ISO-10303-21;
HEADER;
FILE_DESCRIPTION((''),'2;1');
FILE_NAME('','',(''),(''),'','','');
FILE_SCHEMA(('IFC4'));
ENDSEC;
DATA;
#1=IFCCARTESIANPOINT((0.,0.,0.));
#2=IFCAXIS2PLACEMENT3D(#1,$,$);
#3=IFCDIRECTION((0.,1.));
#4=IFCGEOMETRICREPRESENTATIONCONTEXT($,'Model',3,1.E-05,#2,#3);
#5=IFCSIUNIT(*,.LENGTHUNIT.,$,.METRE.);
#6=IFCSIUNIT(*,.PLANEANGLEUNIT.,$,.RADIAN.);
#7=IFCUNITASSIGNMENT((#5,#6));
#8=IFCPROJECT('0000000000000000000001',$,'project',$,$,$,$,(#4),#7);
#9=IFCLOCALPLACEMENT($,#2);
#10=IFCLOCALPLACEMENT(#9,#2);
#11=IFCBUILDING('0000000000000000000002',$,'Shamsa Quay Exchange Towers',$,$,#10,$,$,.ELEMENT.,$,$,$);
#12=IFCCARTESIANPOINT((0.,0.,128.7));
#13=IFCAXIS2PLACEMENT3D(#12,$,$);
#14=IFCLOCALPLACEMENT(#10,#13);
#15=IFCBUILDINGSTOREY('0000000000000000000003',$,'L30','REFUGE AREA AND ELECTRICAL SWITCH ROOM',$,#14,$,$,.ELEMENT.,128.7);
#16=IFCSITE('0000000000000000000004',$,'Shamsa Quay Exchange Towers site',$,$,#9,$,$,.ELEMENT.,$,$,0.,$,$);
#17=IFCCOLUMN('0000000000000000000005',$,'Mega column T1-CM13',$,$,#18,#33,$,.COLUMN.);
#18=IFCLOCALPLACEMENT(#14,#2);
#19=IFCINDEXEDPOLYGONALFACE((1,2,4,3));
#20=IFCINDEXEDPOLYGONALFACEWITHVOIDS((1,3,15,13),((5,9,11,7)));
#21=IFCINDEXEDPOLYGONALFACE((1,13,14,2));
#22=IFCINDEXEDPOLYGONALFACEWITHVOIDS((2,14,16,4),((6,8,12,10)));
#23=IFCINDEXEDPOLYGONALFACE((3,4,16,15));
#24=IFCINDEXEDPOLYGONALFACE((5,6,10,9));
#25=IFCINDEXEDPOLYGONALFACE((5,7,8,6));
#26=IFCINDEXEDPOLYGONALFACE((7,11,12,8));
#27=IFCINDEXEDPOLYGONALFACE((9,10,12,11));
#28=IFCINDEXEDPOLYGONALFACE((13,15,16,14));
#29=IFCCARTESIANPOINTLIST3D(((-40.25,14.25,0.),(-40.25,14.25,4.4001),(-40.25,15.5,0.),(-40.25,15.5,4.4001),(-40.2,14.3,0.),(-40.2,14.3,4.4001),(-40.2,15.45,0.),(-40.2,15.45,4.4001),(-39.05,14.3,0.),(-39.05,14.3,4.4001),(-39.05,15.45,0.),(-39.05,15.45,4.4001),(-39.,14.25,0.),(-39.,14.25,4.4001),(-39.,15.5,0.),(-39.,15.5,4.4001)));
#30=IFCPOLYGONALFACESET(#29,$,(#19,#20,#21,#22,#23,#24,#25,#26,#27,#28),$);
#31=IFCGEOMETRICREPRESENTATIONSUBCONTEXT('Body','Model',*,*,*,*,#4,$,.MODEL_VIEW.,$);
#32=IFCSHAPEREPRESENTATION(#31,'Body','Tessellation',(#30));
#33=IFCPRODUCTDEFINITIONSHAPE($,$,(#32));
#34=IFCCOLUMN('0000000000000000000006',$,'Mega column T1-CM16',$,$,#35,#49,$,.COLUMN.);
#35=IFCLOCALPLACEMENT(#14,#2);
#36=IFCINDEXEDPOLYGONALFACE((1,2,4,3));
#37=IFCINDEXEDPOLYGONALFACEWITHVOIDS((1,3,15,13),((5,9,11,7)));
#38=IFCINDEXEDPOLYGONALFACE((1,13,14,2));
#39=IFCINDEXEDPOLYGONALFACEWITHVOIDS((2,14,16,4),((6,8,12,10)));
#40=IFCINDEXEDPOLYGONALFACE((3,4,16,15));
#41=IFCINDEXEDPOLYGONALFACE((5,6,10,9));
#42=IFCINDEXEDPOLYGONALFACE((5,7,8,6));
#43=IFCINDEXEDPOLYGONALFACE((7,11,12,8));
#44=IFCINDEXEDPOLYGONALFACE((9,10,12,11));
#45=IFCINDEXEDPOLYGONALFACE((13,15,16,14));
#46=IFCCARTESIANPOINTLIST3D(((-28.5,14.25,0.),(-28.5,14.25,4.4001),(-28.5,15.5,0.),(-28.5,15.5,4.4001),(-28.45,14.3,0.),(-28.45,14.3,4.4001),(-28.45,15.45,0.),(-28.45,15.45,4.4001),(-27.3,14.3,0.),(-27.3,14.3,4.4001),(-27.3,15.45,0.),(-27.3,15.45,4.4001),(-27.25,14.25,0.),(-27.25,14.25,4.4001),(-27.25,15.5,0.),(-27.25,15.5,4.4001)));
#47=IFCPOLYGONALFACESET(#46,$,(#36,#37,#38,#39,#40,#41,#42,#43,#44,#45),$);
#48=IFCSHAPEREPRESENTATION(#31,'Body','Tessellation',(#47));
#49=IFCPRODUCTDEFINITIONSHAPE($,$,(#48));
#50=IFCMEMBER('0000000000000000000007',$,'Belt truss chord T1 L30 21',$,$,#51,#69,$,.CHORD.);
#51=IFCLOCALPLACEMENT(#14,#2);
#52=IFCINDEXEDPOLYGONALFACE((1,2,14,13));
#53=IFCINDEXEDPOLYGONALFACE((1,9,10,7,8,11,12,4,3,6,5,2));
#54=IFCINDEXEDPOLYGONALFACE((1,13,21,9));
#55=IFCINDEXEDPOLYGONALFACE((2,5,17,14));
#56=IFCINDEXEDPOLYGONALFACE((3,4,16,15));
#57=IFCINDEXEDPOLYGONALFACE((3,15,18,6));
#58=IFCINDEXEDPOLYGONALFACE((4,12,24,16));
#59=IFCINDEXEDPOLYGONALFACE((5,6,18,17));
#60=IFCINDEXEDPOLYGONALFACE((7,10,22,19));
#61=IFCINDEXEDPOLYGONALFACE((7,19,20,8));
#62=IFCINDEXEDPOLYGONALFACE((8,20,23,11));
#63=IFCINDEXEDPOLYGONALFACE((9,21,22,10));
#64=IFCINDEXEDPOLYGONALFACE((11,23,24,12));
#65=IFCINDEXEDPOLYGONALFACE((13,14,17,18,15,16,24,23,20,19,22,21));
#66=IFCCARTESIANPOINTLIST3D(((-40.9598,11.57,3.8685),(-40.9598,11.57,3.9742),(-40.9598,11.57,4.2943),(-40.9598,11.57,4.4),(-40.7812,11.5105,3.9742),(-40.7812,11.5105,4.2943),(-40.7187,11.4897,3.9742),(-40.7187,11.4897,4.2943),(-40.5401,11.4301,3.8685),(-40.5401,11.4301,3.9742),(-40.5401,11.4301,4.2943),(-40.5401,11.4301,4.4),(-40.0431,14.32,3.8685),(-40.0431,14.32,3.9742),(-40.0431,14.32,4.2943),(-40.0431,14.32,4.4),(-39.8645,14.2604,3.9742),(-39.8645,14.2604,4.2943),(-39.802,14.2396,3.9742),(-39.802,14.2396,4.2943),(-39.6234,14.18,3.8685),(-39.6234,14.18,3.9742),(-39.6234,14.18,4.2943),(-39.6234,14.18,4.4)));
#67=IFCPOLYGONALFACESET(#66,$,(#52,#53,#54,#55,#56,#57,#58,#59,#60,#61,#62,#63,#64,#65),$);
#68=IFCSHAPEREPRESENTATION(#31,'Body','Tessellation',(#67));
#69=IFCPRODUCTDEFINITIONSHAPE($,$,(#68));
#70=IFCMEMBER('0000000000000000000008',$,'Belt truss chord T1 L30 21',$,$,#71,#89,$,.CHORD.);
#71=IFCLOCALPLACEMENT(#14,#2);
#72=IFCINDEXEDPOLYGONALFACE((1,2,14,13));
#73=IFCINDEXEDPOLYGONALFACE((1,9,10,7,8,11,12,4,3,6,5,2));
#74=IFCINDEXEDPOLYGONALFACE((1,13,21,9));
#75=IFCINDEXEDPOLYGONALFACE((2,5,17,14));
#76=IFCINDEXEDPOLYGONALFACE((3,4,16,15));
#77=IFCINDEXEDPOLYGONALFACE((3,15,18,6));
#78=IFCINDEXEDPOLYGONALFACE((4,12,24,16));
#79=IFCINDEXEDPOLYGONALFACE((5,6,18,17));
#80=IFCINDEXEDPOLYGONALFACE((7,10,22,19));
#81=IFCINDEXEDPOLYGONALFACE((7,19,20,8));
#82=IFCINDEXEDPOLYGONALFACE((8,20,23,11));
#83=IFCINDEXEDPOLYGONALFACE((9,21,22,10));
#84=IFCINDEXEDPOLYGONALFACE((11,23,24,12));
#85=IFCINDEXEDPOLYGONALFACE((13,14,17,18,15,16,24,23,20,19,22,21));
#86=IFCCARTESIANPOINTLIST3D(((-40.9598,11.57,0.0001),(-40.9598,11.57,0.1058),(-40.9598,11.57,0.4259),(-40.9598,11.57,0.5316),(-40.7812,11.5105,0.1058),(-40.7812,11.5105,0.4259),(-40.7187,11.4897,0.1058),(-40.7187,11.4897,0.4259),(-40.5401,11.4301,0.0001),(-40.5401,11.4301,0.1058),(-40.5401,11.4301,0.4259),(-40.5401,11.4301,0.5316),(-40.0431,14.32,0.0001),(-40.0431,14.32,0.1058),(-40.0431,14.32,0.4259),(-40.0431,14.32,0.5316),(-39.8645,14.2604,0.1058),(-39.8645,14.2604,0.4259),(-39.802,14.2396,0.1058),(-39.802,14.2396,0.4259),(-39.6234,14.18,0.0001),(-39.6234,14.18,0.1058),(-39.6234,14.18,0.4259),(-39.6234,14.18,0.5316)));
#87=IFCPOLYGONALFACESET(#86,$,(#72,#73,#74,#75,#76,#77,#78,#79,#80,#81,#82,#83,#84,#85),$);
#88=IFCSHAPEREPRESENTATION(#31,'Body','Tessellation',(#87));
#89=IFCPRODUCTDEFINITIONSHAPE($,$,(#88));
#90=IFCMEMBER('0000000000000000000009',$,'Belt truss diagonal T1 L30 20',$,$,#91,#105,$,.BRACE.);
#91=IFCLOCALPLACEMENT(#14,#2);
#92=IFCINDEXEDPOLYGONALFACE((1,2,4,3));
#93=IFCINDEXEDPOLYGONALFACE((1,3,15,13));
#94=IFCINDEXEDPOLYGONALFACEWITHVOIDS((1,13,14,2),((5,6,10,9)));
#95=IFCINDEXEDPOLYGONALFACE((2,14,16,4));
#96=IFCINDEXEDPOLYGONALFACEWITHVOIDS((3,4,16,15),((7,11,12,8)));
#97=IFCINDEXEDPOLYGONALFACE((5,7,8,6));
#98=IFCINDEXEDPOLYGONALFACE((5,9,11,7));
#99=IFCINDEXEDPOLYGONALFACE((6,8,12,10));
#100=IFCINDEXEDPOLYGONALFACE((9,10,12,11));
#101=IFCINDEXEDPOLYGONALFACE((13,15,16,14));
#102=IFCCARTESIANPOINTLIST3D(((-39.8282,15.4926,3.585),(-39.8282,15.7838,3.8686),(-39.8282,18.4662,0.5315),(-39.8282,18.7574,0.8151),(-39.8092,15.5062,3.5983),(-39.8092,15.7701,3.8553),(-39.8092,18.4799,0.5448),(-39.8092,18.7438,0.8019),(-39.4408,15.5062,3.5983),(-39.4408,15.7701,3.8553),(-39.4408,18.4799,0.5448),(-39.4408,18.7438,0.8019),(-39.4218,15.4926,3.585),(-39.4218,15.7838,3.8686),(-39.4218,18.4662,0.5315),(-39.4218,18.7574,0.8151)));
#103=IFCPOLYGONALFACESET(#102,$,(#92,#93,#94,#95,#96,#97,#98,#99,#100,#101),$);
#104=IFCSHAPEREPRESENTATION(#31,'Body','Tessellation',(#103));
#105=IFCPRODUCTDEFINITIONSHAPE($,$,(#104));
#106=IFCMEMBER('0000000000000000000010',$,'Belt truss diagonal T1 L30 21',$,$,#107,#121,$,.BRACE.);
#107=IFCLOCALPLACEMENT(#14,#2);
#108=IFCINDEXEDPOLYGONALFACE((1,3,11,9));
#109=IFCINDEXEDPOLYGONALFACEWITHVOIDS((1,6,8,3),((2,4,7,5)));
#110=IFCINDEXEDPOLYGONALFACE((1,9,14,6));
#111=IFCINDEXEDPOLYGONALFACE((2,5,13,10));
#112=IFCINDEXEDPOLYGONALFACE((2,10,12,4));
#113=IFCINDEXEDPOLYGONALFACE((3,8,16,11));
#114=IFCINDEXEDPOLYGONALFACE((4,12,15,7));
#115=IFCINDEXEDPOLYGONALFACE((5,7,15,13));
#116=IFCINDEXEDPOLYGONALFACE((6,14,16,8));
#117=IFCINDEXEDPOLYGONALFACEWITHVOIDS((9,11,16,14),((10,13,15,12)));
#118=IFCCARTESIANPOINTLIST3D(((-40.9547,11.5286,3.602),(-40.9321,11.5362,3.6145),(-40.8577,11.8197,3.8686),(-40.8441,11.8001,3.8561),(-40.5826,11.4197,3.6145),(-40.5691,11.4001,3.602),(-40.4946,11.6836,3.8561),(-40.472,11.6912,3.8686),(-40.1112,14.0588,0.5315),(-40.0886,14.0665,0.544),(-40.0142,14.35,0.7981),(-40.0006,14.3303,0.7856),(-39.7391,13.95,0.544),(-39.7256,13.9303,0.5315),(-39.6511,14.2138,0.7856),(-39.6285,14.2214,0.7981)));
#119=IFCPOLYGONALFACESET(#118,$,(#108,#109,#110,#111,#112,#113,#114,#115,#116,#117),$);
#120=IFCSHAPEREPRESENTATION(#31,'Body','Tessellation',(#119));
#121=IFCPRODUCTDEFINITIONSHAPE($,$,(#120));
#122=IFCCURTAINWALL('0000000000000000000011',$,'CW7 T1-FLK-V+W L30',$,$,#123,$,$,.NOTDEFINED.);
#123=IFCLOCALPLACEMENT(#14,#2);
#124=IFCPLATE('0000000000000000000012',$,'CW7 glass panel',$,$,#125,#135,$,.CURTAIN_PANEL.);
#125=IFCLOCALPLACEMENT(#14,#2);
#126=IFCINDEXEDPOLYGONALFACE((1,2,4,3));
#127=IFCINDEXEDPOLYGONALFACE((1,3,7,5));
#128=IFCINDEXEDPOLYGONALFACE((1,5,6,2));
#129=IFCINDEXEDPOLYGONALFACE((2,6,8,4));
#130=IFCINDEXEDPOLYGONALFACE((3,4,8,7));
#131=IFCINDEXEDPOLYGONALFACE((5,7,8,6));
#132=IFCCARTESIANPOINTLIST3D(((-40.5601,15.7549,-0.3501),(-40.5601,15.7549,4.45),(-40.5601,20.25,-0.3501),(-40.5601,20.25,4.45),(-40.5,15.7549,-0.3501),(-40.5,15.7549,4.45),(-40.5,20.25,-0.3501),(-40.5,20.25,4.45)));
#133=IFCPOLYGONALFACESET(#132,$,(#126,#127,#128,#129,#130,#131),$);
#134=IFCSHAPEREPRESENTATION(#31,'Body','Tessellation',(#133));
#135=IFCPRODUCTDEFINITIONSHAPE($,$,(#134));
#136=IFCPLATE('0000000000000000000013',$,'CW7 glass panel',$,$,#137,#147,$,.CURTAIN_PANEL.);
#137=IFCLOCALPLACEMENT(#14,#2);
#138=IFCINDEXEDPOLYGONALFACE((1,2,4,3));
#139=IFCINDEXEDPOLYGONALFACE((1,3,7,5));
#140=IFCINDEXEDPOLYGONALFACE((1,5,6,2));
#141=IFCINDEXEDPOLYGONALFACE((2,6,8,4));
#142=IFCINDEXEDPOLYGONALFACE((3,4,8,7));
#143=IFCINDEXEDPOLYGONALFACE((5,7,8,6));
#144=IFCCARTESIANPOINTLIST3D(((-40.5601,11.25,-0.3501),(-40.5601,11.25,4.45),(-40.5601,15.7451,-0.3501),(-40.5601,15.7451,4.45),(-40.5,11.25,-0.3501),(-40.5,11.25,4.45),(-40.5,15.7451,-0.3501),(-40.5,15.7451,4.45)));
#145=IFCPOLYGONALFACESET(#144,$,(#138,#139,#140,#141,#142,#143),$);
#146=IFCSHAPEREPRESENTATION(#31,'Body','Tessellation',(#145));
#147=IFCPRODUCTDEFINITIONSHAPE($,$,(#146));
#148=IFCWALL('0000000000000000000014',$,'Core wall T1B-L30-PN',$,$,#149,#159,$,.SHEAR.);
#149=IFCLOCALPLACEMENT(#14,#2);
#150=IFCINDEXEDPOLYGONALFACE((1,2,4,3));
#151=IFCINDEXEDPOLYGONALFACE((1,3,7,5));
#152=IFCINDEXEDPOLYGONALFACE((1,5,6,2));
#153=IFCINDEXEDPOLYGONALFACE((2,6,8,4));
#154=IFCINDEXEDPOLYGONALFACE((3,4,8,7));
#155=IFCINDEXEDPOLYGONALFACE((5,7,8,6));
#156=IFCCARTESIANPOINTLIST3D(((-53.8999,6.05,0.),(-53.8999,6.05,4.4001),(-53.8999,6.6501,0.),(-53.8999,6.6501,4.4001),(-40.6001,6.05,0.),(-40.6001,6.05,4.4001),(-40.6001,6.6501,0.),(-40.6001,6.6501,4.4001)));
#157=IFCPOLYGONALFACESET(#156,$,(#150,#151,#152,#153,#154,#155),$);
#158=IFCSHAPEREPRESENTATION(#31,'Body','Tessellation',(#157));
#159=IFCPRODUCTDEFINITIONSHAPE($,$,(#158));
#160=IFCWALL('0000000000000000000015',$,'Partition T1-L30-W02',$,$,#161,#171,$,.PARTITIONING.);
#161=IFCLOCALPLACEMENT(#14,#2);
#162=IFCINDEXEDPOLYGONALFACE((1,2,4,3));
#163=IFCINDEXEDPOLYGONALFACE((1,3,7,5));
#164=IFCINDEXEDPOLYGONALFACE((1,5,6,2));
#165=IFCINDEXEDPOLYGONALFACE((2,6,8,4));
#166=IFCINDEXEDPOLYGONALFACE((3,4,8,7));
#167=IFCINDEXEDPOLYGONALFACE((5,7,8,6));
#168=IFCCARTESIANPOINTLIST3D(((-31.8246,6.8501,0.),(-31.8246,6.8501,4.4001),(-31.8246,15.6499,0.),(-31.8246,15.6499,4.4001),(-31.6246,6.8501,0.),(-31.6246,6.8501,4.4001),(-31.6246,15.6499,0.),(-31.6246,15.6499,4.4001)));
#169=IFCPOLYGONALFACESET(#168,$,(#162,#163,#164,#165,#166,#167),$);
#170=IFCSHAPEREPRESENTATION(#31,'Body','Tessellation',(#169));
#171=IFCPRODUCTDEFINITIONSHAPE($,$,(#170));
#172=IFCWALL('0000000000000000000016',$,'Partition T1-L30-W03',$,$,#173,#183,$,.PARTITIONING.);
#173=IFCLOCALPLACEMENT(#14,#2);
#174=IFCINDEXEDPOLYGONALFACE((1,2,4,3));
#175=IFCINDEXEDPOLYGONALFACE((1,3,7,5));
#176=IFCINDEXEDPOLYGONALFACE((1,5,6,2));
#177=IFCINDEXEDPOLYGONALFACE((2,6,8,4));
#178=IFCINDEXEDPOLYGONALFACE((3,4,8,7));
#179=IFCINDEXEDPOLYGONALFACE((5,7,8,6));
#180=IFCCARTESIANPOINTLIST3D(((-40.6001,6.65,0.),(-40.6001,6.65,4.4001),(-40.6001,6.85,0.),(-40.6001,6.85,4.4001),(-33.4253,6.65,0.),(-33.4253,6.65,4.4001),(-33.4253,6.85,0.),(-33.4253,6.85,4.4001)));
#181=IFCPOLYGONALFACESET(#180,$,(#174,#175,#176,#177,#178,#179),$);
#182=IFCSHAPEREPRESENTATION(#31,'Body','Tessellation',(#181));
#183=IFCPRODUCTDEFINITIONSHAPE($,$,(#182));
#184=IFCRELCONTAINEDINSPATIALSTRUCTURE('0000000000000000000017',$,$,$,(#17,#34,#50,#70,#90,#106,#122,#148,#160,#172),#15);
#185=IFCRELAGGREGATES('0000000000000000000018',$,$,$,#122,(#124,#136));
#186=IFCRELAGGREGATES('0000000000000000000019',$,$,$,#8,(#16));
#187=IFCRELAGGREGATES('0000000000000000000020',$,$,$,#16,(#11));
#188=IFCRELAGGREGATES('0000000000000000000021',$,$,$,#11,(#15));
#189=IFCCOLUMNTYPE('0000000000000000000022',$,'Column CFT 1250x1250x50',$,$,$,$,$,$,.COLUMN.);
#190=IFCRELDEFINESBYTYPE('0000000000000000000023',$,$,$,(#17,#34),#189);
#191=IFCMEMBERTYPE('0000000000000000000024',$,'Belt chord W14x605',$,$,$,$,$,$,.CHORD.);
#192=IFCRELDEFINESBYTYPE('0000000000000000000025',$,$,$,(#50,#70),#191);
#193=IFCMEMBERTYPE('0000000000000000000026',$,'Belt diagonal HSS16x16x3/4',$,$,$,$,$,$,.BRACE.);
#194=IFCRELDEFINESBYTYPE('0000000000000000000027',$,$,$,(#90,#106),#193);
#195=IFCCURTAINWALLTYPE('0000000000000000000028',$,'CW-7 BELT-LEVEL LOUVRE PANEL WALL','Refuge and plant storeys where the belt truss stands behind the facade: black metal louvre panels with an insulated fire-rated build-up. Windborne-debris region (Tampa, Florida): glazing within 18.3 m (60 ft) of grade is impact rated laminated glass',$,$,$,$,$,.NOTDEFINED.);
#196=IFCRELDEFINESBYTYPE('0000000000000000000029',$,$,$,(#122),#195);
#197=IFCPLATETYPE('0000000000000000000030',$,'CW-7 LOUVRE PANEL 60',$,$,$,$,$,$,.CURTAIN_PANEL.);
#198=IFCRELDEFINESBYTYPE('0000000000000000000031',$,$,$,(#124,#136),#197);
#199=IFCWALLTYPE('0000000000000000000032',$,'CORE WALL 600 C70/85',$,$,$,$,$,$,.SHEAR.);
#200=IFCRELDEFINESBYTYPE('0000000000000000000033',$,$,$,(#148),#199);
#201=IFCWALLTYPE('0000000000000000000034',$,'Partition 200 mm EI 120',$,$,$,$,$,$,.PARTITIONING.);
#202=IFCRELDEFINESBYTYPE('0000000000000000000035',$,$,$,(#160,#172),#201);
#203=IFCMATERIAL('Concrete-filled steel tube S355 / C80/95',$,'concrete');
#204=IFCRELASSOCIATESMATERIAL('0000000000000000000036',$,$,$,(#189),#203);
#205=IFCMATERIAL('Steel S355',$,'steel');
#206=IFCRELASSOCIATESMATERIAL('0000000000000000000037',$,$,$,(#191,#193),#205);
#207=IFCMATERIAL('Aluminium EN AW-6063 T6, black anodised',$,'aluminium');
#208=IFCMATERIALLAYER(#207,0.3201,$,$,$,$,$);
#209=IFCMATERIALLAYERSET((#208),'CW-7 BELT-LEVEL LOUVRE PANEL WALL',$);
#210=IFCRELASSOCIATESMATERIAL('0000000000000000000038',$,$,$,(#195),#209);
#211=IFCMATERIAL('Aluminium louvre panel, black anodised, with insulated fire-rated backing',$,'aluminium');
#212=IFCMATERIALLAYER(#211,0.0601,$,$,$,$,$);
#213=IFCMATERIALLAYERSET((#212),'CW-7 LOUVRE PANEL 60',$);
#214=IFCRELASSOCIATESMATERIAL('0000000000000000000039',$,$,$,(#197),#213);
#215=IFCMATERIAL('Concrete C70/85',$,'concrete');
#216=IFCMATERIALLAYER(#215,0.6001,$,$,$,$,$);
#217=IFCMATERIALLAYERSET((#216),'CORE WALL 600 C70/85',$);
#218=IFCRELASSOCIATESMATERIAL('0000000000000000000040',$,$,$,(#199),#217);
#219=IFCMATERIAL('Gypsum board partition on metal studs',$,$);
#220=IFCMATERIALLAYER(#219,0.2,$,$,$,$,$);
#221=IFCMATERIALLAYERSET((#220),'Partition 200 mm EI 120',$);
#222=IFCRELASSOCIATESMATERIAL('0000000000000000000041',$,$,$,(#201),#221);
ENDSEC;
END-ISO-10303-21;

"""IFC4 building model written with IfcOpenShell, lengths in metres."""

from ifc_helpers import new_model, si_unit, direction, frame, frame_2d, origin, origin_2d, place, context, subcontext, project, spatial, rectangle, hollow_rectangle, i_section, extrude, material, layer, layer_set, material_profile, profile_set, type_object, element, aggregate, save


model = new_model("IFC4")

# Units and contexts
model_context = context("Model", 3, precision=1e-05, world=origin(), true_north=direction((0.0, 1.0)))
body_context = subcontext(model_context, "Body", "Model", "MODEL_VIEW")
ifc_project = project(units=[si_unit("LENGTHUNIT", "METRE"), si_unit("PLANEANGLEUNIT", "RADIAN")], contexts=[model_context])

# Site, building, storey
site_placement = place(None, origin())
site = spatial("IfcSite", under=ifc_project, at=site_placement, Name="Shamsa Quay Exchange Towers site", CompositionType="ELEMENT", RefElevation=0.0)
building_placement = place(site_placement, origin())
building = spatial("IfcBuilding", under=site, at=building_placement, Name="Shamsa Quay Exchange Towers", CompositionType="ELEMENT")
storey_placement = place(building_placement, frame((0.0, 0.0, 128.7)))
storey = spatial("IfcBuildingStorey", under=building, at=storey_placement, Name="L30", Description="REFUGE AREA AND ELECTRICAL SWITCH ROOM", CompositionType="ELEMENT", Elevation=128.7)

# Columns
ifc_material_1 = material(Name="Concrete-filled steel tube S355 / C80/95", Category="concrete")
ifc_material_profile_1 = material_profile(ifc_material_1, hollow_rectangle(XDim=1.25, YDim=1.25, WallThickness=0.05, at=origin_2d()), Name="CFT 1250x1250x50")
ifc_profile_set_1 = profile_set([ifc_material_profile_1], Name="Concrete-filled steel tube S355 / C80/95")
column_type = type_object("IfcColumnType", Name="Column CFT 1250x1250x50", PredefinedType="COLUMN", material=ifc_profile_set_1)
for number, where, name in (
    (1, (-39.625, 14.875, 0.0), "Mega column T1-CM13"),
    (2, (-27.875, 14.875, 0.0), "Mega column T1-CM16"),
):
    element("IfcColumn", number, at=place(storey_placement, frame(where)), inside=storey, type_object=column_type, Name=name, PredefinedType="COLUMN", context=body_context, shape_type="SweptSolid", body=[
        extrude(hollow_rectangle(XDim=1.25, YDim=1.25, WallThickness=0.05, at=origin_2d()), origin(), (0.0, 0.0, 1.0), 4.4001),
    ])

# Members
ifc_material_2 = material(Name="Steel S355", Category="steel")
ifc_material_profile_2 = material_profile(ifc_material_2, i_section(OverallWidth=0.4424, OverallDepth=0.5315, WebThickness=0.0659, FlangeThickness=0.1057, at=origin_2d()), Name="W14x605")
ifc_profile_set_2 = profile_set([ifc_material_profile_2], Name="Steel S355")
member_type_1 = type_object("IfcMemberType", Name="Belt chord W14x605", PredefinedType="CHORD", material=ifc_profile_set_2)
for number, where, z_axis, x_axis, name in (
    (3, (-39.8333, 14.25, 4.1343), (-0.316253, -0.948675, 0.0), (0.948675, -0.316253, 0.0), "Belt truss chord T1 L30 21"),
    (4, (-39.8333, 14.25, 0.2659), (-0.316253, -0.948675, 0.0), (0.948675, -0.316253, 0.0), "Belt truss chord T1 L30 21"),
):
    element("IfcMember", number, at=place(storey_placement, frame(where, z_axis=z_axis, x_axis=x_axis)), inside=storey, type_object=member_type_1, Name=name, PredefinedType="CHORD", context=body_context, shape_type="SweptSolid", body=[
        extrude(i_section(OverallWidth=0.4424, OverallDepth=0.5315, WebThickness=0.0659, FlangeThickness=0.1057, at=origin_2d()), origin(), (0.0, 0.0, 1.0), 2.8987),
    ])
ifc_material_profile_3 = material_profile(ifc_material_2, hollow_rectangle(XDim=0.4065, YDim=0.4065, WallThickness=0.019, at=origin_2d()), Name="HSS16x16x3/4")
ifc_profile_set_3 = profile_set([ifc_material_profile_3], Name="Steel S355")
member_type_2 = type_object("IfcMemberType", Name="Belt diagonal HSS16x16x3/4", PredefinedType="BRACE", material=ifc_profile_set_3)
member_1_placement = place(storey_placement, frame((-39.625, 18.6118, 0.6733), z_axis=(0.0, -0.697679, 0.71641), x_axis=(1.0, 0.0, 0.0)))
element("IfcMember", 5, at=member_1_placement, inside=storey, type_object=member_type_2, Name="Belt truss diagonal T1 L30 20", PredefinedType="BRACE", context=body_context, shape_type="SweptSolid", body=[
    extrude(hollow_rectangle(XDim=0.4065, YDim=0.4065, WallThickness=0.019, at=origin_2d()), origin(), (0.0, 0.0, 1.0), 4.2622),
])
member_2_placement = place(storey_placement, frame((-39.8699, 14.1401, 0.6648), z_axis=(-0.207392, -0.622117, 0.754956), x_axis=(0.948674, -0.316255, 0.0)))
element("IfcMember", 6, at=member_2_placement, inside=storey, type_object=member_type_2, Name="Belt truss diagonal T1 L30 21", PredefinedType="BRACE", context=body_context, shape_type="SweptSolid", body=[
    extrude(hollow_rectangle(XDim=0.4065, YDim=0.4065, WallThickness=0.019, at=origin_2d()), origin(), (0.0, 0.0, 1.0), 4.0671),
])

# Curtain wall, plates
ifc_material_3 = material(Name="Aluminium EN AW-6063 T6, black anodised", Category="aluminium")
ifc_layer_1 = layer(ifc_material_3, 0.3201)
ifc_layer_set_1 = layer_set([ifc_layer_1], Name="CW-7 BELT-LEVEL LOUVRE PANEL WALL")
curtain_wall_type = type_object("IfcCurtainWallType", Name="CW-7 BELT-LEVEL LOUVRE PANEL WALL", Description="Refuge and plant storeys where the belt truss stands behind the facade: black metal louvre panels with an insulated fire-rated build-up. Windborne-debris region (Tampa, Florida): glazing within 18.3 m (60 ft) of grade is impact rated laminated glass", PredefinedType="NOTDEFINED", material=ifc_layer_set_1)
curtain_wall_placement = place(storey_placement, origin())
curtain_wall = element("IfcCurtainWall", 7, at=curtain_wall_placement, inside=storey, type_object=curtain_wall_type, Name="CW7 T1-FLK-V+W L30", PredefinedType="NOTDEFINED")
ifc_material_4 = material(Name="Aluminium louvre panel, black anodised, with insulated fire-rated backing", Category="aluminium")
ifc_layer_2 = layer(ifc_material_4, 0.0601)
ifc_layer_set_2 = layer_set([ifc_layer_2], Name="CW-7 LOUVRE PANEL 60")
plate_type = type_object("IfcPlateType", Name="CW-7 LOUVRE PANEL 60", PredefinedType="CURTAIN_PANEL", material=ifc_layer_set_2)
plate_1_placement = place(storey_placement, frame((-40.53, 18.0024, -0.3501), z_axis=(0.0, 0.0, 1.0), x_axis=(0.0, -1.0, 0.0)))
plate_1 = element("IfcPlate", 8, at=plate_1_placement, type_object=plate_type, Name="CW7 glass panel", PredefinedType="CURTAIN_PANEL", context=body_context, shape_type="SweptSolid", body=[
    extrude(rectangle(XDim=4.4951, YDim=0.0601, at=origin_2d()), origin(), (0.0, 0.0, 1.0), 4.8),
])
plate_2_placement = place(storey_placement, frame((-40.53, 13.4976, -0.3501), z_axis=(0.0, 0.0, 1.0), x_axis=(0.0, -1.0, 0.0)))
plate_2 = element("IfcPlate", 9, at=plate_2_placement, type_object=plate_type, Name="CW7 glass panel", PredefinedType="CURTAIN_PANEL", context=body_context, shape_type="SweptSolid", body=[
    extrude(rectangle(XDim=4.4951, YDim=0.0601, at=origin_2d()), origin(), (0.0, 0.0, 1.0), 4.8),
])
aggregate(curtain_wall, [plate_1, plate_2])

# Wall
ifc_material_5 = material(Name="Concrete C70/85", Category="concrete")
ifc_layer_3 = layer(ifc_material_5, 0.6001)
ifc_layer_set_3 = layer_set([ifc_layer_3], Name="CORE WALL 600 C70/85")
wall_type_1 = type_object("IfcWallType", Name="CORE WALL 600 C70/85", PredefinedType="SHEAR", material=ifc_layer_set_3)
wall_1_placement = place(storey_placement, frame((-40.6001, 6.3501, 0.0), z_axis=(0.0, 0.0, 1.0), x_axis=(-1.0, 0.0, 0.0)))
element("IfcWall", 10, at=wall_1_placement, inside=storey, type_object=wall_type_1, Name="Core wall T1B-L30-PN", PredefinedType="SHEAR", context=body_context, shape_type="SweptSolid", body=[
    extrude(rectangle(XDim=13.2998, YDim=0.6001, at=frame_2d((6.6499, 0.0))), origin(), (0.0, 0.0, 1.0), 4.4001),
])

# Shared definitions
ifc_material_6 = material(Name="Gypsum board partition on metal studs")
ifc_layer_4 = layer(ifc_material_6, 0.2)
ifc_layer_set_4 = layer_set([ifc_layer_4], Name="Partition 200 mm EI 120")
wall_type_2 = type_object("IfcWallType", Name="Partition 200 mm EI 120", PredefinedType="PARTITIONING", material=ifc_layer_set_4)

# Walls
wall_2_placement = place(storey_placement, frame((-31.7246, 15.6499, 0.0), z_axis=(0.0, 0.0, 1.0), x_axis=(0.0, -1.0, 0.0)))
element("IfcWall", 11, at=wall_2_placement, inside=storey, type_object=wall_type_2, Name="Partition T1-L30-W02", PredefinedType="PARTITIONING", context=body_context, shape_type="SweptSolid", body=[
    extrude(rectangle(XDim=8.7998, YDim=0.2, at=frame_2d((4.3999, 0.0))), origin(), (0.0, 0.0, 1.0), 4.4001),
])
wall_3_placement = place(storey_placement, frame((-40.6001, 6.75, 0.0)))
element("IfcWall", 12, at=wall_3_placement, inside=storey, type_object=wall_type_2, Name="Partition T1-L30-W03", PredefinedType="PARTITIONING", context=body_context, shape_type="SweptSolid", body=[
    extrude(rectangle(XDim=7.1748, YDim=0.2, at=frame_2d((3.5874, 0.0))), origin(), (0.0, 0.0, 1.0), 4.4001),
])

save(model, "model.ifc")
